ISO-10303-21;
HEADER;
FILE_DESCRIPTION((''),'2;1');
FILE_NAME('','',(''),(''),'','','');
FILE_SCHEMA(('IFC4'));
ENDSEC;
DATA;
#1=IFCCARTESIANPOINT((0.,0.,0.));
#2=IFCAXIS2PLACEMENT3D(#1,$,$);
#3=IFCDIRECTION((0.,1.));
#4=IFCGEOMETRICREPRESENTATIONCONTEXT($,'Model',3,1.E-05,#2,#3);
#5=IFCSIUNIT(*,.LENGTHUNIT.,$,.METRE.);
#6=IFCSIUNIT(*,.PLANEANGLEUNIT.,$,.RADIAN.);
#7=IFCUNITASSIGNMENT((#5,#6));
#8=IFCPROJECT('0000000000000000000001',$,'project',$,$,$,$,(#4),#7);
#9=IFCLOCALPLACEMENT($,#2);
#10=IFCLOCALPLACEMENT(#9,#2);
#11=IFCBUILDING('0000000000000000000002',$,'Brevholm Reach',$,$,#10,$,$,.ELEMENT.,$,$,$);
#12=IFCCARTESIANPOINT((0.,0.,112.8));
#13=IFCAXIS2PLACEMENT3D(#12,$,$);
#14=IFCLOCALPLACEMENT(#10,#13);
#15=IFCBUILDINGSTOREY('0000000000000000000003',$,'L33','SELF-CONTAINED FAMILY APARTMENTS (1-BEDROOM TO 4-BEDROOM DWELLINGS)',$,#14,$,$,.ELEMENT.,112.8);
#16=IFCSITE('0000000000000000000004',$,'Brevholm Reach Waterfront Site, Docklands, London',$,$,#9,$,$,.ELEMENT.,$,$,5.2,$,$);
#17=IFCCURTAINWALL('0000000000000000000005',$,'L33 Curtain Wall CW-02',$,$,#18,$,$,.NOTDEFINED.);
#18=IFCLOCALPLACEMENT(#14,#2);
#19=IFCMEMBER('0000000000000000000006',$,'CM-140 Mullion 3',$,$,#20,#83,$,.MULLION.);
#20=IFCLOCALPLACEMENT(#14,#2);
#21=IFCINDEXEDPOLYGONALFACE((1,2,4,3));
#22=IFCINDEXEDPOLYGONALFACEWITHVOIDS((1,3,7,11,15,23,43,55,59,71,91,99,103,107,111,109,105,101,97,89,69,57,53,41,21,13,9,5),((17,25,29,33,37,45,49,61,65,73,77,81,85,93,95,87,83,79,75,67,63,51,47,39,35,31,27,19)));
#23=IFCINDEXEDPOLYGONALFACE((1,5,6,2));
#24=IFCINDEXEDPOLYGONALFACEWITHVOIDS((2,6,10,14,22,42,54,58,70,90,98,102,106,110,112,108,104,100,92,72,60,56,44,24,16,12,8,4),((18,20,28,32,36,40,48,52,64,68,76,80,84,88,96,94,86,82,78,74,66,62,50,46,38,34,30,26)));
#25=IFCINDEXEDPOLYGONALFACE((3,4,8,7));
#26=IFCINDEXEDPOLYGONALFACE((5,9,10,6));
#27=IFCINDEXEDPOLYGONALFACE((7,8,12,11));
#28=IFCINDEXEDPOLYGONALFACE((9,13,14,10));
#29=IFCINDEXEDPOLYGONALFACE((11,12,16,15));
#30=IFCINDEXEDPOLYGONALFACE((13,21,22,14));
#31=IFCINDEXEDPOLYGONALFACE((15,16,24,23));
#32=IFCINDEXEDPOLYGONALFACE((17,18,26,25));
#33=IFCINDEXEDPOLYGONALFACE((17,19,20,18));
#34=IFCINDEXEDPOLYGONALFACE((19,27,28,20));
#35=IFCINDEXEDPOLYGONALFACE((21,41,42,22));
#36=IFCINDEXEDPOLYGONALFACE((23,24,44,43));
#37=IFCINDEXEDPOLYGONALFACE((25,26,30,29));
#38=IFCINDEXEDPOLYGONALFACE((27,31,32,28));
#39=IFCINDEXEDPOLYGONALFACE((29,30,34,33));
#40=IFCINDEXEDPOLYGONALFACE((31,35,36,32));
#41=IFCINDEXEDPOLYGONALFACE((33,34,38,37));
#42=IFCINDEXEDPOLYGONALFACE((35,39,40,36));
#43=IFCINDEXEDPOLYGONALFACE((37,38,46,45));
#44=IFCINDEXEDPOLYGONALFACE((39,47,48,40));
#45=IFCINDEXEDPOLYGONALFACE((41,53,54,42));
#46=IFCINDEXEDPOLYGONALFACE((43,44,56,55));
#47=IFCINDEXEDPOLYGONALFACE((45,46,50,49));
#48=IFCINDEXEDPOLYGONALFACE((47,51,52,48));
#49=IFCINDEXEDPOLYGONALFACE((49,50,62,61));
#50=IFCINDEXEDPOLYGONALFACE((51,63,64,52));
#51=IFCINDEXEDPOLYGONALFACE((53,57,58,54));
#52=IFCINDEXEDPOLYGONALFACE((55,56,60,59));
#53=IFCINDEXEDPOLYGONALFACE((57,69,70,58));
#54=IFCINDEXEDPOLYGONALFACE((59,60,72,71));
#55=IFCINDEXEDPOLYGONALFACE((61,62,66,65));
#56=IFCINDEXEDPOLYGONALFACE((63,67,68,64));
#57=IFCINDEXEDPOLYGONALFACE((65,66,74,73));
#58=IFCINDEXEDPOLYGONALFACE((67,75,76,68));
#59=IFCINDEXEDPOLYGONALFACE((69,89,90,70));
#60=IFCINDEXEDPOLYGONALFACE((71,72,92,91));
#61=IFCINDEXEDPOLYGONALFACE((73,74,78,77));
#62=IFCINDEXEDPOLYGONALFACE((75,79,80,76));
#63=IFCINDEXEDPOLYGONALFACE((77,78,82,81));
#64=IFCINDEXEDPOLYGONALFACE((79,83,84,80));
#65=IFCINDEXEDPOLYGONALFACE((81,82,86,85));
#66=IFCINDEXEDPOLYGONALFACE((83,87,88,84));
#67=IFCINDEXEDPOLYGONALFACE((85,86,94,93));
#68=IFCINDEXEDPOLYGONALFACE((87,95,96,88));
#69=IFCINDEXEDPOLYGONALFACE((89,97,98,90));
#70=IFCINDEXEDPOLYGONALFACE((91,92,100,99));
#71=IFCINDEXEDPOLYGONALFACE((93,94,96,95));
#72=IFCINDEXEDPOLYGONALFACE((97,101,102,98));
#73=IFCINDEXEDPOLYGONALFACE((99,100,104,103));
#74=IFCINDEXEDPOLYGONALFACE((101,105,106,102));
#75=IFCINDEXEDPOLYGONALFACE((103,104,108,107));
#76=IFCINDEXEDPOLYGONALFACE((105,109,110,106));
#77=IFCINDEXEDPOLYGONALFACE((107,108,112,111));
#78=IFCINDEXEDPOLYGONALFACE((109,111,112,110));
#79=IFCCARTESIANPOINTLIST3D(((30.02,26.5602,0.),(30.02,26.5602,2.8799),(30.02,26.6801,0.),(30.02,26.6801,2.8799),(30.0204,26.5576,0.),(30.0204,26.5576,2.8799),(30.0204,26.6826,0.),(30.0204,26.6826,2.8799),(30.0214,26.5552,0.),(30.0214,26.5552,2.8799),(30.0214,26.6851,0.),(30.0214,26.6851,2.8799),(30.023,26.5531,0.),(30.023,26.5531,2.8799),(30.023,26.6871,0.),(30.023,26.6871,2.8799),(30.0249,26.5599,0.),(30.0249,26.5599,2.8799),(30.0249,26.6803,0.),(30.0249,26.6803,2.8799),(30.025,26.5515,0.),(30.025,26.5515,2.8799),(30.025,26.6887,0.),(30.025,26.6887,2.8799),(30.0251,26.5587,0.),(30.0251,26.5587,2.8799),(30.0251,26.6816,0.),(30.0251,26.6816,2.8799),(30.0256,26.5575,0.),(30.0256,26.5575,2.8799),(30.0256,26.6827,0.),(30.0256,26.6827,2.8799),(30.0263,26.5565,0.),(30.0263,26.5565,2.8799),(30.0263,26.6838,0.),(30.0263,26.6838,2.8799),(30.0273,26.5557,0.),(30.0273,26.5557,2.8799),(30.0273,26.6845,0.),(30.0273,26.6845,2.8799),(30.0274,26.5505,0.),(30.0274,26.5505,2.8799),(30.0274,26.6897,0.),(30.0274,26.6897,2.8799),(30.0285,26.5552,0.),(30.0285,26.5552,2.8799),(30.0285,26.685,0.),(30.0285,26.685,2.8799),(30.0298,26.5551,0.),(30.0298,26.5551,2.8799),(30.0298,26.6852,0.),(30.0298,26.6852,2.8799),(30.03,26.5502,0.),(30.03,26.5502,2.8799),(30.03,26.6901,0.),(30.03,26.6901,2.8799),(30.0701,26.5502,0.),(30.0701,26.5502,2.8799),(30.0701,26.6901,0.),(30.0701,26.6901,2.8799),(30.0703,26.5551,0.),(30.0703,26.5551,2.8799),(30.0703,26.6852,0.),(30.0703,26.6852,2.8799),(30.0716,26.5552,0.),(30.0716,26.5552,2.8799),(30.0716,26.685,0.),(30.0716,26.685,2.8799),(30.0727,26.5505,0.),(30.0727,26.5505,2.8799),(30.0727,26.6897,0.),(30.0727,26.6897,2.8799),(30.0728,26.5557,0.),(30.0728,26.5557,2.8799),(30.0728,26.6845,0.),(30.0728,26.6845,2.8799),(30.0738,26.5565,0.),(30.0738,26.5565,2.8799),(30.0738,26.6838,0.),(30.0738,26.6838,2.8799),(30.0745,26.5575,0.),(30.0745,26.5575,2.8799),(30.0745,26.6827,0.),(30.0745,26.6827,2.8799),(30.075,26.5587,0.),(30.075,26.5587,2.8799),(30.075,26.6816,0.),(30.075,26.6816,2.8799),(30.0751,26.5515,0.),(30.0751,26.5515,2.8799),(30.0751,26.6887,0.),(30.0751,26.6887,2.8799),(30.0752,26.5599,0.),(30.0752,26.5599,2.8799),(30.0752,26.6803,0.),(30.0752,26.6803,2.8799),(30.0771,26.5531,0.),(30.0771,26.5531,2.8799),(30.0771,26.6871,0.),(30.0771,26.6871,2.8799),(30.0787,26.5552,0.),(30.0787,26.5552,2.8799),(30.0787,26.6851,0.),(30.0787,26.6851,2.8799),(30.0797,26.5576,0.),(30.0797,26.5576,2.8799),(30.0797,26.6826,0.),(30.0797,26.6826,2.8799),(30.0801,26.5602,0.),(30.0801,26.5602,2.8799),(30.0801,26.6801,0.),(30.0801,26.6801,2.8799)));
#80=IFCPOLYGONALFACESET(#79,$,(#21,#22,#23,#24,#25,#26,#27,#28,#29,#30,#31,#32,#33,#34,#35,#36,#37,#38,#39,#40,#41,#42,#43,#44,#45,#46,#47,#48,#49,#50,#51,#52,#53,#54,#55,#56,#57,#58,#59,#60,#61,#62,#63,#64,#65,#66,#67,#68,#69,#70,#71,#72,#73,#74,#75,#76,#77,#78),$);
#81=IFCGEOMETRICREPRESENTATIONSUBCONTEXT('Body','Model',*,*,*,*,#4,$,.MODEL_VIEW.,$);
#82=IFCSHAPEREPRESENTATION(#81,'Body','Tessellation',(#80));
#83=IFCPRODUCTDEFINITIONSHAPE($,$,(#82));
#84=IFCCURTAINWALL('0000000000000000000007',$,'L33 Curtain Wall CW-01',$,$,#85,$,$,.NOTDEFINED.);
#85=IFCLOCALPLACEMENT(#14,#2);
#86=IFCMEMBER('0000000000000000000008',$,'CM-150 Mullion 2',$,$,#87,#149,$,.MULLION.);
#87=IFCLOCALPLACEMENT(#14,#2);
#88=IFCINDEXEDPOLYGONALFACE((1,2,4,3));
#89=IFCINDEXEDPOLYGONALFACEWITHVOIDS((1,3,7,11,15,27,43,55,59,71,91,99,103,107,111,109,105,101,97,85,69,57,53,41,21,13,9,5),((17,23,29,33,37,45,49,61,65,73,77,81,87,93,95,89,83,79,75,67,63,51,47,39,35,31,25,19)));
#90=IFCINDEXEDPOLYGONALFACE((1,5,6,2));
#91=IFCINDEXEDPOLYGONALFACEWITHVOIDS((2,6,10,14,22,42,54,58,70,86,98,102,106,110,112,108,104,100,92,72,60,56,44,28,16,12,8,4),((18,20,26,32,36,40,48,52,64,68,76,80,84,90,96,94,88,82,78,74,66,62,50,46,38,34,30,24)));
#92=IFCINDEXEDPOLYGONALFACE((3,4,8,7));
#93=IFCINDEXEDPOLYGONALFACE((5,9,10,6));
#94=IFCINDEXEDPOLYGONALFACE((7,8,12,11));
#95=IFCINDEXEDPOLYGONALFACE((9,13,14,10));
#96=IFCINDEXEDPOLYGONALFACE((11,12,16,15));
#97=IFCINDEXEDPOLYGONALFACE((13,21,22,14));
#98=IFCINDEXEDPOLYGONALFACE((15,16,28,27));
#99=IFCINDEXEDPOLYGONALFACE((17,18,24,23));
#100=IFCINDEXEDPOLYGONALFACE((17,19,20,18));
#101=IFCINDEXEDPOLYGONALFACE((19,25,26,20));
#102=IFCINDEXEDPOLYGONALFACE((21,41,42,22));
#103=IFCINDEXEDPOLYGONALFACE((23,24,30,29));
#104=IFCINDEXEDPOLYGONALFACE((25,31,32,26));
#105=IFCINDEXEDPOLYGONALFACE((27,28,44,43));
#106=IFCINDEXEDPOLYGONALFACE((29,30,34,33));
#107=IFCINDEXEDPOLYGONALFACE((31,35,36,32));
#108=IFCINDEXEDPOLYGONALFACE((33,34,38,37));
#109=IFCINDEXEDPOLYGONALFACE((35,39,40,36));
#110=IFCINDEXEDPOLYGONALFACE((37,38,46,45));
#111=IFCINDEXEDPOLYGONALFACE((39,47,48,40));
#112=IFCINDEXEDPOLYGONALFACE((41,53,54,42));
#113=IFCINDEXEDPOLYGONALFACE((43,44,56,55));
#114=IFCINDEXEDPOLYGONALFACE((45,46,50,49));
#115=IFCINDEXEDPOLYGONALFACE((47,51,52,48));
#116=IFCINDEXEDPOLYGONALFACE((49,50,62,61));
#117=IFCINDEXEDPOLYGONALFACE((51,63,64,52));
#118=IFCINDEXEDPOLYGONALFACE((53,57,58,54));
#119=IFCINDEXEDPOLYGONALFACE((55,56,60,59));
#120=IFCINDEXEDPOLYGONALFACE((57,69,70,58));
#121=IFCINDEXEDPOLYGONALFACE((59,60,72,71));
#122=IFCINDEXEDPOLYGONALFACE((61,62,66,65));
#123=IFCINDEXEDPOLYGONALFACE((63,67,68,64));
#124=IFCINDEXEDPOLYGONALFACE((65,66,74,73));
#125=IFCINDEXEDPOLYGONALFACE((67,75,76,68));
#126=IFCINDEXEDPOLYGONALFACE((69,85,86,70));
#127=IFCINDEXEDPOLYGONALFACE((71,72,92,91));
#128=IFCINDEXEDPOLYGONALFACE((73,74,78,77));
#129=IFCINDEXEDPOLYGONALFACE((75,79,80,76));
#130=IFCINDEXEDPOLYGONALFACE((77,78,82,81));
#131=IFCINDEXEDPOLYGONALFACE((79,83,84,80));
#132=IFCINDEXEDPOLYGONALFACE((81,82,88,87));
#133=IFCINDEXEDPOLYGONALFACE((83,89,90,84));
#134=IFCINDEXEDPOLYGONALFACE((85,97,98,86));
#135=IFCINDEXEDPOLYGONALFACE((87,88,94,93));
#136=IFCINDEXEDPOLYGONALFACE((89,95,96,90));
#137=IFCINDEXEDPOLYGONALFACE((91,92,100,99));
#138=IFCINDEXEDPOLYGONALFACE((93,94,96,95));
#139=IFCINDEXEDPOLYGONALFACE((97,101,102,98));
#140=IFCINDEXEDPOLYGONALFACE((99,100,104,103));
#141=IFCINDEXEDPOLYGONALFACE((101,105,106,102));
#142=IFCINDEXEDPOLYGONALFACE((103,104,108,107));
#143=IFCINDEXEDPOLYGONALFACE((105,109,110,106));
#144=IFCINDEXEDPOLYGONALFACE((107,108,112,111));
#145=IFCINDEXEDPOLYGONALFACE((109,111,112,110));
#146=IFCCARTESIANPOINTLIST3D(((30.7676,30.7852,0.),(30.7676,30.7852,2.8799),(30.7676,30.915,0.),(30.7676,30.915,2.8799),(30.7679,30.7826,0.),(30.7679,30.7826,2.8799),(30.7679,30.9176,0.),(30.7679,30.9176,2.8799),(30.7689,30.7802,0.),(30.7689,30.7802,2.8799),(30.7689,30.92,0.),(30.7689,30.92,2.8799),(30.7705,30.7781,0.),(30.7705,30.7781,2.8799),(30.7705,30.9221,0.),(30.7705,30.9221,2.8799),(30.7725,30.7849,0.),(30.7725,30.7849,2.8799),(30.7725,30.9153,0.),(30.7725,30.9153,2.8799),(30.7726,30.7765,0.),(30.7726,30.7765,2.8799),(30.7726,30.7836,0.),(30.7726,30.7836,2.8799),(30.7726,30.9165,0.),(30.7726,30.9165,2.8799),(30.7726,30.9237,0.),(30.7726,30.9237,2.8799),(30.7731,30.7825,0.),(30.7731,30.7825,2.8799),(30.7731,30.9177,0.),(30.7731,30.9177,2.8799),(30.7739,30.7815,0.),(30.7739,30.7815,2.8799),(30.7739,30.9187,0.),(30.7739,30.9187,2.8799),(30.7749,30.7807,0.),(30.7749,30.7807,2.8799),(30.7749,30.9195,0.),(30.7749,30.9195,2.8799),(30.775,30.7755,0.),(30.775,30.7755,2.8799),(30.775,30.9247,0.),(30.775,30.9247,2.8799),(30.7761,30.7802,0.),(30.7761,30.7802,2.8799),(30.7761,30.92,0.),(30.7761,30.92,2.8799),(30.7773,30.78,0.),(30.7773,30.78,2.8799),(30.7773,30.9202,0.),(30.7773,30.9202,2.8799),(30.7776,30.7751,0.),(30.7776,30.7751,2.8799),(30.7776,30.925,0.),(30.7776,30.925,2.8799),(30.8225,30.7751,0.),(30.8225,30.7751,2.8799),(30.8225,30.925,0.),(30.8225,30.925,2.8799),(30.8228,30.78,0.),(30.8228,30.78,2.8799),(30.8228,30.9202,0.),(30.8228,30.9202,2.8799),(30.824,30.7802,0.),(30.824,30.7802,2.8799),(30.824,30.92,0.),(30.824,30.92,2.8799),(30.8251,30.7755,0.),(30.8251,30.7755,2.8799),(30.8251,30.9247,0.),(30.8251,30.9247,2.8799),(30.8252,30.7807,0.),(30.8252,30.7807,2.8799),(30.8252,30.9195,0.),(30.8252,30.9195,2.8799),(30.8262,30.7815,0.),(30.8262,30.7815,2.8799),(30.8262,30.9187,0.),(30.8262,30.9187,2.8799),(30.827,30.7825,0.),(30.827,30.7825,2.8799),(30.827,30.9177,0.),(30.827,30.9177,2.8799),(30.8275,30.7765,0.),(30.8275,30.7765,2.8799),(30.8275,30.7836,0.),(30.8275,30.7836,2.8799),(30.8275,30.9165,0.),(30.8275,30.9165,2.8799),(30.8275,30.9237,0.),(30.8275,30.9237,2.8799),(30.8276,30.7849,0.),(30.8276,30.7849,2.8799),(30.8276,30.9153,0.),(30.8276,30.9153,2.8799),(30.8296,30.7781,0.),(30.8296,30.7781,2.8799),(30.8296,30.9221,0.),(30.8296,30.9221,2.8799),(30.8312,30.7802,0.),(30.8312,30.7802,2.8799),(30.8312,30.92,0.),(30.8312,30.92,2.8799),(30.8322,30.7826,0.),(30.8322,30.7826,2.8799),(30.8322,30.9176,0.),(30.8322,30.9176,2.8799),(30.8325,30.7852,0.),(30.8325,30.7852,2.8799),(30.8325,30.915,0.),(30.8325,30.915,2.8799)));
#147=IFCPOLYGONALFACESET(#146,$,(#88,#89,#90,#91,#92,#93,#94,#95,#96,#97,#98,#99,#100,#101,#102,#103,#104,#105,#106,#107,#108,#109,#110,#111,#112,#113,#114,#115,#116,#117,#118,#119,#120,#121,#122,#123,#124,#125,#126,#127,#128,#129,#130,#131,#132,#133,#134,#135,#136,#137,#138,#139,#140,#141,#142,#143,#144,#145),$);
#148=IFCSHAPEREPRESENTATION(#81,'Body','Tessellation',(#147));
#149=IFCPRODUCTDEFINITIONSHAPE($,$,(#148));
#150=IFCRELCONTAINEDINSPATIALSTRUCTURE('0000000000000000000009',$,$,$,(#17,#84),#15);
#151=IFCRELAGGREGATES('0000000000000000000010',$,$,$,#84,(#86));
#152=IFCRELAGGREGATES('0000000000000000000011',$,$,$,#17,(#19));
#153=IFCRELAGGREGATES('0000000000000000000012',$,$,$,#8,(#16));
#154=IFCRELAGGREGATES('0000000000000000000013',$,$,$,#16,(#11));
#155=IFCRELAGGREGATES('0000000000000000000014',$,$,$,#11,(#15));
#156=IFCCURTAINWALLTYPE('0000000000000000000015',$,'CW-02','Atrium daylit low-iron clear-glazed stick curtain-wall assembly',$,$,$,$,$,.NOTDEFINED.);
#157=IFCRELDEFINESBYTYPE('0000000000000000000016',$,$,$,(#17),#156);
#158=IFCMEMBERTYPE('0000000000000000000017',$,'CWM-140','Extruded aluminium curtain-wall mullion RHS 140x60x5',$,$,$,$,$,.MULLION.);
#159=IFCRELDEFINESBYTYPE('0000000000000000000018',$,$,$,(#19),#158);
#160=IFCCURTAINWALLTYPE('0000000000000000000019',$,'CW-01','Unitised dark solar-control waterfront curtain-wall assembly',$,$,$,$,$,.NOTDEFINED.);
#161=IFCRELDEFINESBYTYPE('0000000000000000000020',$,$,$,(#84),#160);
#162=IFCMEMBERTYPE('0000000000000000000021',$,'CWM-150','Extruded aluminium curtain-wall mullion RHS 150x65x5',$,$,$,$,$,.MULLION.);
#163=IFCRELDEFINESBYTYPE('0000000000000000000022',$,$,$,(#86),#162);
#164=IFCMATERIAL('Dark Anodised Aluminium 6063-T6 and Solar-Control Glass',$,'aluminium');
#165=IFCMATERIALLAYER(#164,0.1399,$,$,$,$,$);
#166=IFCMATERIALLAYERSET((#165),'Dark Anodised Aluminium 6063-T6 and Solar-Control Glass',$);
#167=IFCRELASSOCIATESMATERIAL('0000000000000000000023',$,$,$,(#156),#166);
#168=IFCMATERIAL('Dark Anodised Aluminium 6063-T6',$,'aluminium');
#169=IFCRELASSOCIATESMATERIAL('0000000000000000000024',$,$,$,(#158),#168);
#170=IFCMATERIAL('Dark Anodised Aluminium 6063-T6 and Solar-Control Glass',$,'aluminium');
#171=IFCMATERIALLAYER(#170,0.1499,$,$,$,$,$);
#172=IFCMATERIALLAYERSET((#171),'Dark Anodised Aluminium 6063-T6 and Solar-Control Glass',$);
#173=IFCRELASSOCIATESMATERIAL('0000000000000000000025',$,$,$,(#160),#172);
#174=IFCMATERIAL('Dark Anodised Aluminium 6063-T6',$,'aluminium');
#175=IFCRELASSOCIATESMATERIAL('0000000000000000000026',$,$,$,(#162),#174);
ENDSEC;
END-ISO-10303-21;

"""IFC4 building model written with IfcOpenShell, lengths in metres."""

from ifc_helpers import new_model, si_unit, direction, frame, origin, origin_2d, place, context, subcontext, project, spatial, hollow_rectangle, extrude, material, layer, layer_set, material_profile, profile_set, type_object, element, aggregate, save


model = new_model("IFC4")

# Units and contexts
model_context = context("Model", 3, precision=1e-05, world=origin(), true_north=direction((0.0, 1.0)))
body_context = subcontext(model_context, "Body", "Model", "MODEL_VIEW")
ifc_project = project(units=[si_unit("LENGTHUNIT", "METRE"), si_unit("PLANEANGLEUNIT", "RADIAN")], contexts=[model_context])

# Site, building, storey
site_placement = place(None, origin())
site = spatial("IfcSite", under=ifc_project, at=site_placement, Name="Brevholm Reach Waterfront Site, Docklands, London", CompositionType="ELEMENT", RefElevation=5.2)
building_placement = place(site_placement, origin())
building = spatial("IfcBuilding", under=site, at=building_placement, Name="Brevholm Reach", CompositionType="ELEMENT")
storey_placement = place(building_placement, frame((0.0, 0.0, 112.8)))
storey = spatial("IfcBuildingStorey", under=building, at=storey_placement, Name="L33", Description="SELF-CONTAINED FAMILY APARTMENTS (1-BEDROOM TO 4-BEDROOM DWELLINGS)", CompositionType="ELEMENT", Elevation=112.8)

# Curtain walls, members
ifc_material_1 = material(Name="Dark Anodised Aluminium 6063-T6 and Solar-Control Glass", Category="aluminium")
ifc_layer_1 = layer(ifc_material_1, 0.1399)
ifc_layer_set_1 = layer_set([ifc_layer_1], Name="Dark Anodised Aluminium 6063-T6 and Solar-Control Glass")
curtain_wall_type_1 = type_object("IfcCurtainWallType", Name="CW-02", Description="Atrium daylit low-iron clear-glazed stick curtain-wall assembly", PredefinedType="NOTDEFINED", material=ifc_layer_set_1)
curtain_wall_1_placement = place(storey_placement, origin())
curtain_wall_1 = element("IfcCurtainWall", 1, at=curtain_wall_1_placement, inside=storey, type_object=curtain_wall_type_1, Name="L33 Curtain Wall CW-02", PredefinedType="NOTDEFINED")
ifc_material_2 = material(Name="Dark Anodised Aluminium 6063-T6", Category="aluminium")
ifc_material_profile_1 = material_profile(ifc_material_2, hollow_rectangle(XDim=0.0601, YDim=0.1399, WallThickness=0.0049, InnerFilletRadius=0.0049, OuterFilletRadius=0.01, at=origin_2d()), Name="RHS 140x60x5")
ifc_profile_set_1 = profile_set([ifc_material_profile_1], Name="Dark Anodised Aluminium 6063-T6")
member_type_1 = type_object("IfcMemberType", Name="CWM-140", Description="Extruded aluminium curtain-wall mullion RHS 140x60x5", PredefinedType="MULLION", material=ifc_profile_set_1)
member_1_placement = place(storey_placement, frame((30.05, 26.6201, 0.0), z_axis=(0.0, 0.0, 1.0), x_axis=(-1.0, 0.0, 0.0)))
member_1 = element("IfcMember", 2, at=member_1_placement, type_object=member_type_1, Name="CM-140 Mullion 3", PredefinedType="MULLION", context=body_context, shape_type="SweptSolid", body=[
    extrude(hollow_rectangle(XDim=0.0601, YDim=0.1399, WallThickness=0.0049, InnerFilletRadius=0.0049, OuterFilletRadius=0.01, at=origin_2d()), origin(), (0.0, 0.0, 1.0), 2.8799),
])
ifc_material_3 = material(Name="Dark Anodised Aluminium 6063-T6 and Solar-Control Glass", Category="aluminium")
ifc_layer_2 = layer(ifc_material_3, 0.1499)
ifc_layer_set_2 = layer_set([ifc_layer_2], Name="Dark Anodised Aluminium 6063-T6 and Solar-Control Glass")
curtain_wall_type_2 = type_object("IfcCurtainWallType", Name="CW-01", Description="Unitised dark solar-control waterfront curtain-wall assembly", PredefinedType="NOTDEFINED", material=ifc_layer_set_2)
curtain_wall_2_placement = place(storey_placement, origin())
curtain_wall_2 = element("IfcCurtainWall", 3, at=curtain_wall_2_placement, inside=storey, type_object=curtain_wall_type_2, Name="L33 Curtain Wall CW-01", PredefinedType="NOTDEFINED")
ifc_material_4 = material(Name="Dark Anodised Aluminium 6063-T6", Category="aluminium")
ifc_material_profile_2 = material_profile(ifc_material_4, hollow_rectangle(XDim=0.0649, YDim=0.1499, WallThickness=0.0049, InnerFilletRadius=0.0049, OuterFilletRadius=0.01, at=origin_2d()), Name="RHS 150x65x5")
ifc_profile_set_2 = profile_set([ifc_material_profile_2], Name="Dark Anodised Aluminium 6063-T6")
member_type_2 = type_object("IfcMemberType", Name="CWM-150", Description="Extruded aluminium curtain-wall mullion RHS 150x65x5", PredefinedType="MULLION", material=ifc_profile_set_2)
member_2_placement = place(storey_placement, frame((30.8, 30.8501, 0.0), z_axis=(0.0, 0.0, 1.0), x_axis=(1.0, 0.0, 0.0)))
member_2 = element("IfcMember", 4, at=member_2_placement, type_object=member_type_2, Name="CM-150 Mullion 2", PredefinedType="MULLION", context=body_context, shape_type="SweptSolid", body=[
    extrude(hollow_rectangle(XDim=0.0649, YDim=0.1499, WallThickness=0.0049, InnerFilletRadius=0.0049, OuterFilletRadius=0.01, at=origin_2d()), origin(), (0.0, 0.0, 1.0), 2.8799),
])

aggregate(curtain_wall_2, [member_2])
aggregate(curtain_wall_1, [member_1])

save(model, "model.ifc")
